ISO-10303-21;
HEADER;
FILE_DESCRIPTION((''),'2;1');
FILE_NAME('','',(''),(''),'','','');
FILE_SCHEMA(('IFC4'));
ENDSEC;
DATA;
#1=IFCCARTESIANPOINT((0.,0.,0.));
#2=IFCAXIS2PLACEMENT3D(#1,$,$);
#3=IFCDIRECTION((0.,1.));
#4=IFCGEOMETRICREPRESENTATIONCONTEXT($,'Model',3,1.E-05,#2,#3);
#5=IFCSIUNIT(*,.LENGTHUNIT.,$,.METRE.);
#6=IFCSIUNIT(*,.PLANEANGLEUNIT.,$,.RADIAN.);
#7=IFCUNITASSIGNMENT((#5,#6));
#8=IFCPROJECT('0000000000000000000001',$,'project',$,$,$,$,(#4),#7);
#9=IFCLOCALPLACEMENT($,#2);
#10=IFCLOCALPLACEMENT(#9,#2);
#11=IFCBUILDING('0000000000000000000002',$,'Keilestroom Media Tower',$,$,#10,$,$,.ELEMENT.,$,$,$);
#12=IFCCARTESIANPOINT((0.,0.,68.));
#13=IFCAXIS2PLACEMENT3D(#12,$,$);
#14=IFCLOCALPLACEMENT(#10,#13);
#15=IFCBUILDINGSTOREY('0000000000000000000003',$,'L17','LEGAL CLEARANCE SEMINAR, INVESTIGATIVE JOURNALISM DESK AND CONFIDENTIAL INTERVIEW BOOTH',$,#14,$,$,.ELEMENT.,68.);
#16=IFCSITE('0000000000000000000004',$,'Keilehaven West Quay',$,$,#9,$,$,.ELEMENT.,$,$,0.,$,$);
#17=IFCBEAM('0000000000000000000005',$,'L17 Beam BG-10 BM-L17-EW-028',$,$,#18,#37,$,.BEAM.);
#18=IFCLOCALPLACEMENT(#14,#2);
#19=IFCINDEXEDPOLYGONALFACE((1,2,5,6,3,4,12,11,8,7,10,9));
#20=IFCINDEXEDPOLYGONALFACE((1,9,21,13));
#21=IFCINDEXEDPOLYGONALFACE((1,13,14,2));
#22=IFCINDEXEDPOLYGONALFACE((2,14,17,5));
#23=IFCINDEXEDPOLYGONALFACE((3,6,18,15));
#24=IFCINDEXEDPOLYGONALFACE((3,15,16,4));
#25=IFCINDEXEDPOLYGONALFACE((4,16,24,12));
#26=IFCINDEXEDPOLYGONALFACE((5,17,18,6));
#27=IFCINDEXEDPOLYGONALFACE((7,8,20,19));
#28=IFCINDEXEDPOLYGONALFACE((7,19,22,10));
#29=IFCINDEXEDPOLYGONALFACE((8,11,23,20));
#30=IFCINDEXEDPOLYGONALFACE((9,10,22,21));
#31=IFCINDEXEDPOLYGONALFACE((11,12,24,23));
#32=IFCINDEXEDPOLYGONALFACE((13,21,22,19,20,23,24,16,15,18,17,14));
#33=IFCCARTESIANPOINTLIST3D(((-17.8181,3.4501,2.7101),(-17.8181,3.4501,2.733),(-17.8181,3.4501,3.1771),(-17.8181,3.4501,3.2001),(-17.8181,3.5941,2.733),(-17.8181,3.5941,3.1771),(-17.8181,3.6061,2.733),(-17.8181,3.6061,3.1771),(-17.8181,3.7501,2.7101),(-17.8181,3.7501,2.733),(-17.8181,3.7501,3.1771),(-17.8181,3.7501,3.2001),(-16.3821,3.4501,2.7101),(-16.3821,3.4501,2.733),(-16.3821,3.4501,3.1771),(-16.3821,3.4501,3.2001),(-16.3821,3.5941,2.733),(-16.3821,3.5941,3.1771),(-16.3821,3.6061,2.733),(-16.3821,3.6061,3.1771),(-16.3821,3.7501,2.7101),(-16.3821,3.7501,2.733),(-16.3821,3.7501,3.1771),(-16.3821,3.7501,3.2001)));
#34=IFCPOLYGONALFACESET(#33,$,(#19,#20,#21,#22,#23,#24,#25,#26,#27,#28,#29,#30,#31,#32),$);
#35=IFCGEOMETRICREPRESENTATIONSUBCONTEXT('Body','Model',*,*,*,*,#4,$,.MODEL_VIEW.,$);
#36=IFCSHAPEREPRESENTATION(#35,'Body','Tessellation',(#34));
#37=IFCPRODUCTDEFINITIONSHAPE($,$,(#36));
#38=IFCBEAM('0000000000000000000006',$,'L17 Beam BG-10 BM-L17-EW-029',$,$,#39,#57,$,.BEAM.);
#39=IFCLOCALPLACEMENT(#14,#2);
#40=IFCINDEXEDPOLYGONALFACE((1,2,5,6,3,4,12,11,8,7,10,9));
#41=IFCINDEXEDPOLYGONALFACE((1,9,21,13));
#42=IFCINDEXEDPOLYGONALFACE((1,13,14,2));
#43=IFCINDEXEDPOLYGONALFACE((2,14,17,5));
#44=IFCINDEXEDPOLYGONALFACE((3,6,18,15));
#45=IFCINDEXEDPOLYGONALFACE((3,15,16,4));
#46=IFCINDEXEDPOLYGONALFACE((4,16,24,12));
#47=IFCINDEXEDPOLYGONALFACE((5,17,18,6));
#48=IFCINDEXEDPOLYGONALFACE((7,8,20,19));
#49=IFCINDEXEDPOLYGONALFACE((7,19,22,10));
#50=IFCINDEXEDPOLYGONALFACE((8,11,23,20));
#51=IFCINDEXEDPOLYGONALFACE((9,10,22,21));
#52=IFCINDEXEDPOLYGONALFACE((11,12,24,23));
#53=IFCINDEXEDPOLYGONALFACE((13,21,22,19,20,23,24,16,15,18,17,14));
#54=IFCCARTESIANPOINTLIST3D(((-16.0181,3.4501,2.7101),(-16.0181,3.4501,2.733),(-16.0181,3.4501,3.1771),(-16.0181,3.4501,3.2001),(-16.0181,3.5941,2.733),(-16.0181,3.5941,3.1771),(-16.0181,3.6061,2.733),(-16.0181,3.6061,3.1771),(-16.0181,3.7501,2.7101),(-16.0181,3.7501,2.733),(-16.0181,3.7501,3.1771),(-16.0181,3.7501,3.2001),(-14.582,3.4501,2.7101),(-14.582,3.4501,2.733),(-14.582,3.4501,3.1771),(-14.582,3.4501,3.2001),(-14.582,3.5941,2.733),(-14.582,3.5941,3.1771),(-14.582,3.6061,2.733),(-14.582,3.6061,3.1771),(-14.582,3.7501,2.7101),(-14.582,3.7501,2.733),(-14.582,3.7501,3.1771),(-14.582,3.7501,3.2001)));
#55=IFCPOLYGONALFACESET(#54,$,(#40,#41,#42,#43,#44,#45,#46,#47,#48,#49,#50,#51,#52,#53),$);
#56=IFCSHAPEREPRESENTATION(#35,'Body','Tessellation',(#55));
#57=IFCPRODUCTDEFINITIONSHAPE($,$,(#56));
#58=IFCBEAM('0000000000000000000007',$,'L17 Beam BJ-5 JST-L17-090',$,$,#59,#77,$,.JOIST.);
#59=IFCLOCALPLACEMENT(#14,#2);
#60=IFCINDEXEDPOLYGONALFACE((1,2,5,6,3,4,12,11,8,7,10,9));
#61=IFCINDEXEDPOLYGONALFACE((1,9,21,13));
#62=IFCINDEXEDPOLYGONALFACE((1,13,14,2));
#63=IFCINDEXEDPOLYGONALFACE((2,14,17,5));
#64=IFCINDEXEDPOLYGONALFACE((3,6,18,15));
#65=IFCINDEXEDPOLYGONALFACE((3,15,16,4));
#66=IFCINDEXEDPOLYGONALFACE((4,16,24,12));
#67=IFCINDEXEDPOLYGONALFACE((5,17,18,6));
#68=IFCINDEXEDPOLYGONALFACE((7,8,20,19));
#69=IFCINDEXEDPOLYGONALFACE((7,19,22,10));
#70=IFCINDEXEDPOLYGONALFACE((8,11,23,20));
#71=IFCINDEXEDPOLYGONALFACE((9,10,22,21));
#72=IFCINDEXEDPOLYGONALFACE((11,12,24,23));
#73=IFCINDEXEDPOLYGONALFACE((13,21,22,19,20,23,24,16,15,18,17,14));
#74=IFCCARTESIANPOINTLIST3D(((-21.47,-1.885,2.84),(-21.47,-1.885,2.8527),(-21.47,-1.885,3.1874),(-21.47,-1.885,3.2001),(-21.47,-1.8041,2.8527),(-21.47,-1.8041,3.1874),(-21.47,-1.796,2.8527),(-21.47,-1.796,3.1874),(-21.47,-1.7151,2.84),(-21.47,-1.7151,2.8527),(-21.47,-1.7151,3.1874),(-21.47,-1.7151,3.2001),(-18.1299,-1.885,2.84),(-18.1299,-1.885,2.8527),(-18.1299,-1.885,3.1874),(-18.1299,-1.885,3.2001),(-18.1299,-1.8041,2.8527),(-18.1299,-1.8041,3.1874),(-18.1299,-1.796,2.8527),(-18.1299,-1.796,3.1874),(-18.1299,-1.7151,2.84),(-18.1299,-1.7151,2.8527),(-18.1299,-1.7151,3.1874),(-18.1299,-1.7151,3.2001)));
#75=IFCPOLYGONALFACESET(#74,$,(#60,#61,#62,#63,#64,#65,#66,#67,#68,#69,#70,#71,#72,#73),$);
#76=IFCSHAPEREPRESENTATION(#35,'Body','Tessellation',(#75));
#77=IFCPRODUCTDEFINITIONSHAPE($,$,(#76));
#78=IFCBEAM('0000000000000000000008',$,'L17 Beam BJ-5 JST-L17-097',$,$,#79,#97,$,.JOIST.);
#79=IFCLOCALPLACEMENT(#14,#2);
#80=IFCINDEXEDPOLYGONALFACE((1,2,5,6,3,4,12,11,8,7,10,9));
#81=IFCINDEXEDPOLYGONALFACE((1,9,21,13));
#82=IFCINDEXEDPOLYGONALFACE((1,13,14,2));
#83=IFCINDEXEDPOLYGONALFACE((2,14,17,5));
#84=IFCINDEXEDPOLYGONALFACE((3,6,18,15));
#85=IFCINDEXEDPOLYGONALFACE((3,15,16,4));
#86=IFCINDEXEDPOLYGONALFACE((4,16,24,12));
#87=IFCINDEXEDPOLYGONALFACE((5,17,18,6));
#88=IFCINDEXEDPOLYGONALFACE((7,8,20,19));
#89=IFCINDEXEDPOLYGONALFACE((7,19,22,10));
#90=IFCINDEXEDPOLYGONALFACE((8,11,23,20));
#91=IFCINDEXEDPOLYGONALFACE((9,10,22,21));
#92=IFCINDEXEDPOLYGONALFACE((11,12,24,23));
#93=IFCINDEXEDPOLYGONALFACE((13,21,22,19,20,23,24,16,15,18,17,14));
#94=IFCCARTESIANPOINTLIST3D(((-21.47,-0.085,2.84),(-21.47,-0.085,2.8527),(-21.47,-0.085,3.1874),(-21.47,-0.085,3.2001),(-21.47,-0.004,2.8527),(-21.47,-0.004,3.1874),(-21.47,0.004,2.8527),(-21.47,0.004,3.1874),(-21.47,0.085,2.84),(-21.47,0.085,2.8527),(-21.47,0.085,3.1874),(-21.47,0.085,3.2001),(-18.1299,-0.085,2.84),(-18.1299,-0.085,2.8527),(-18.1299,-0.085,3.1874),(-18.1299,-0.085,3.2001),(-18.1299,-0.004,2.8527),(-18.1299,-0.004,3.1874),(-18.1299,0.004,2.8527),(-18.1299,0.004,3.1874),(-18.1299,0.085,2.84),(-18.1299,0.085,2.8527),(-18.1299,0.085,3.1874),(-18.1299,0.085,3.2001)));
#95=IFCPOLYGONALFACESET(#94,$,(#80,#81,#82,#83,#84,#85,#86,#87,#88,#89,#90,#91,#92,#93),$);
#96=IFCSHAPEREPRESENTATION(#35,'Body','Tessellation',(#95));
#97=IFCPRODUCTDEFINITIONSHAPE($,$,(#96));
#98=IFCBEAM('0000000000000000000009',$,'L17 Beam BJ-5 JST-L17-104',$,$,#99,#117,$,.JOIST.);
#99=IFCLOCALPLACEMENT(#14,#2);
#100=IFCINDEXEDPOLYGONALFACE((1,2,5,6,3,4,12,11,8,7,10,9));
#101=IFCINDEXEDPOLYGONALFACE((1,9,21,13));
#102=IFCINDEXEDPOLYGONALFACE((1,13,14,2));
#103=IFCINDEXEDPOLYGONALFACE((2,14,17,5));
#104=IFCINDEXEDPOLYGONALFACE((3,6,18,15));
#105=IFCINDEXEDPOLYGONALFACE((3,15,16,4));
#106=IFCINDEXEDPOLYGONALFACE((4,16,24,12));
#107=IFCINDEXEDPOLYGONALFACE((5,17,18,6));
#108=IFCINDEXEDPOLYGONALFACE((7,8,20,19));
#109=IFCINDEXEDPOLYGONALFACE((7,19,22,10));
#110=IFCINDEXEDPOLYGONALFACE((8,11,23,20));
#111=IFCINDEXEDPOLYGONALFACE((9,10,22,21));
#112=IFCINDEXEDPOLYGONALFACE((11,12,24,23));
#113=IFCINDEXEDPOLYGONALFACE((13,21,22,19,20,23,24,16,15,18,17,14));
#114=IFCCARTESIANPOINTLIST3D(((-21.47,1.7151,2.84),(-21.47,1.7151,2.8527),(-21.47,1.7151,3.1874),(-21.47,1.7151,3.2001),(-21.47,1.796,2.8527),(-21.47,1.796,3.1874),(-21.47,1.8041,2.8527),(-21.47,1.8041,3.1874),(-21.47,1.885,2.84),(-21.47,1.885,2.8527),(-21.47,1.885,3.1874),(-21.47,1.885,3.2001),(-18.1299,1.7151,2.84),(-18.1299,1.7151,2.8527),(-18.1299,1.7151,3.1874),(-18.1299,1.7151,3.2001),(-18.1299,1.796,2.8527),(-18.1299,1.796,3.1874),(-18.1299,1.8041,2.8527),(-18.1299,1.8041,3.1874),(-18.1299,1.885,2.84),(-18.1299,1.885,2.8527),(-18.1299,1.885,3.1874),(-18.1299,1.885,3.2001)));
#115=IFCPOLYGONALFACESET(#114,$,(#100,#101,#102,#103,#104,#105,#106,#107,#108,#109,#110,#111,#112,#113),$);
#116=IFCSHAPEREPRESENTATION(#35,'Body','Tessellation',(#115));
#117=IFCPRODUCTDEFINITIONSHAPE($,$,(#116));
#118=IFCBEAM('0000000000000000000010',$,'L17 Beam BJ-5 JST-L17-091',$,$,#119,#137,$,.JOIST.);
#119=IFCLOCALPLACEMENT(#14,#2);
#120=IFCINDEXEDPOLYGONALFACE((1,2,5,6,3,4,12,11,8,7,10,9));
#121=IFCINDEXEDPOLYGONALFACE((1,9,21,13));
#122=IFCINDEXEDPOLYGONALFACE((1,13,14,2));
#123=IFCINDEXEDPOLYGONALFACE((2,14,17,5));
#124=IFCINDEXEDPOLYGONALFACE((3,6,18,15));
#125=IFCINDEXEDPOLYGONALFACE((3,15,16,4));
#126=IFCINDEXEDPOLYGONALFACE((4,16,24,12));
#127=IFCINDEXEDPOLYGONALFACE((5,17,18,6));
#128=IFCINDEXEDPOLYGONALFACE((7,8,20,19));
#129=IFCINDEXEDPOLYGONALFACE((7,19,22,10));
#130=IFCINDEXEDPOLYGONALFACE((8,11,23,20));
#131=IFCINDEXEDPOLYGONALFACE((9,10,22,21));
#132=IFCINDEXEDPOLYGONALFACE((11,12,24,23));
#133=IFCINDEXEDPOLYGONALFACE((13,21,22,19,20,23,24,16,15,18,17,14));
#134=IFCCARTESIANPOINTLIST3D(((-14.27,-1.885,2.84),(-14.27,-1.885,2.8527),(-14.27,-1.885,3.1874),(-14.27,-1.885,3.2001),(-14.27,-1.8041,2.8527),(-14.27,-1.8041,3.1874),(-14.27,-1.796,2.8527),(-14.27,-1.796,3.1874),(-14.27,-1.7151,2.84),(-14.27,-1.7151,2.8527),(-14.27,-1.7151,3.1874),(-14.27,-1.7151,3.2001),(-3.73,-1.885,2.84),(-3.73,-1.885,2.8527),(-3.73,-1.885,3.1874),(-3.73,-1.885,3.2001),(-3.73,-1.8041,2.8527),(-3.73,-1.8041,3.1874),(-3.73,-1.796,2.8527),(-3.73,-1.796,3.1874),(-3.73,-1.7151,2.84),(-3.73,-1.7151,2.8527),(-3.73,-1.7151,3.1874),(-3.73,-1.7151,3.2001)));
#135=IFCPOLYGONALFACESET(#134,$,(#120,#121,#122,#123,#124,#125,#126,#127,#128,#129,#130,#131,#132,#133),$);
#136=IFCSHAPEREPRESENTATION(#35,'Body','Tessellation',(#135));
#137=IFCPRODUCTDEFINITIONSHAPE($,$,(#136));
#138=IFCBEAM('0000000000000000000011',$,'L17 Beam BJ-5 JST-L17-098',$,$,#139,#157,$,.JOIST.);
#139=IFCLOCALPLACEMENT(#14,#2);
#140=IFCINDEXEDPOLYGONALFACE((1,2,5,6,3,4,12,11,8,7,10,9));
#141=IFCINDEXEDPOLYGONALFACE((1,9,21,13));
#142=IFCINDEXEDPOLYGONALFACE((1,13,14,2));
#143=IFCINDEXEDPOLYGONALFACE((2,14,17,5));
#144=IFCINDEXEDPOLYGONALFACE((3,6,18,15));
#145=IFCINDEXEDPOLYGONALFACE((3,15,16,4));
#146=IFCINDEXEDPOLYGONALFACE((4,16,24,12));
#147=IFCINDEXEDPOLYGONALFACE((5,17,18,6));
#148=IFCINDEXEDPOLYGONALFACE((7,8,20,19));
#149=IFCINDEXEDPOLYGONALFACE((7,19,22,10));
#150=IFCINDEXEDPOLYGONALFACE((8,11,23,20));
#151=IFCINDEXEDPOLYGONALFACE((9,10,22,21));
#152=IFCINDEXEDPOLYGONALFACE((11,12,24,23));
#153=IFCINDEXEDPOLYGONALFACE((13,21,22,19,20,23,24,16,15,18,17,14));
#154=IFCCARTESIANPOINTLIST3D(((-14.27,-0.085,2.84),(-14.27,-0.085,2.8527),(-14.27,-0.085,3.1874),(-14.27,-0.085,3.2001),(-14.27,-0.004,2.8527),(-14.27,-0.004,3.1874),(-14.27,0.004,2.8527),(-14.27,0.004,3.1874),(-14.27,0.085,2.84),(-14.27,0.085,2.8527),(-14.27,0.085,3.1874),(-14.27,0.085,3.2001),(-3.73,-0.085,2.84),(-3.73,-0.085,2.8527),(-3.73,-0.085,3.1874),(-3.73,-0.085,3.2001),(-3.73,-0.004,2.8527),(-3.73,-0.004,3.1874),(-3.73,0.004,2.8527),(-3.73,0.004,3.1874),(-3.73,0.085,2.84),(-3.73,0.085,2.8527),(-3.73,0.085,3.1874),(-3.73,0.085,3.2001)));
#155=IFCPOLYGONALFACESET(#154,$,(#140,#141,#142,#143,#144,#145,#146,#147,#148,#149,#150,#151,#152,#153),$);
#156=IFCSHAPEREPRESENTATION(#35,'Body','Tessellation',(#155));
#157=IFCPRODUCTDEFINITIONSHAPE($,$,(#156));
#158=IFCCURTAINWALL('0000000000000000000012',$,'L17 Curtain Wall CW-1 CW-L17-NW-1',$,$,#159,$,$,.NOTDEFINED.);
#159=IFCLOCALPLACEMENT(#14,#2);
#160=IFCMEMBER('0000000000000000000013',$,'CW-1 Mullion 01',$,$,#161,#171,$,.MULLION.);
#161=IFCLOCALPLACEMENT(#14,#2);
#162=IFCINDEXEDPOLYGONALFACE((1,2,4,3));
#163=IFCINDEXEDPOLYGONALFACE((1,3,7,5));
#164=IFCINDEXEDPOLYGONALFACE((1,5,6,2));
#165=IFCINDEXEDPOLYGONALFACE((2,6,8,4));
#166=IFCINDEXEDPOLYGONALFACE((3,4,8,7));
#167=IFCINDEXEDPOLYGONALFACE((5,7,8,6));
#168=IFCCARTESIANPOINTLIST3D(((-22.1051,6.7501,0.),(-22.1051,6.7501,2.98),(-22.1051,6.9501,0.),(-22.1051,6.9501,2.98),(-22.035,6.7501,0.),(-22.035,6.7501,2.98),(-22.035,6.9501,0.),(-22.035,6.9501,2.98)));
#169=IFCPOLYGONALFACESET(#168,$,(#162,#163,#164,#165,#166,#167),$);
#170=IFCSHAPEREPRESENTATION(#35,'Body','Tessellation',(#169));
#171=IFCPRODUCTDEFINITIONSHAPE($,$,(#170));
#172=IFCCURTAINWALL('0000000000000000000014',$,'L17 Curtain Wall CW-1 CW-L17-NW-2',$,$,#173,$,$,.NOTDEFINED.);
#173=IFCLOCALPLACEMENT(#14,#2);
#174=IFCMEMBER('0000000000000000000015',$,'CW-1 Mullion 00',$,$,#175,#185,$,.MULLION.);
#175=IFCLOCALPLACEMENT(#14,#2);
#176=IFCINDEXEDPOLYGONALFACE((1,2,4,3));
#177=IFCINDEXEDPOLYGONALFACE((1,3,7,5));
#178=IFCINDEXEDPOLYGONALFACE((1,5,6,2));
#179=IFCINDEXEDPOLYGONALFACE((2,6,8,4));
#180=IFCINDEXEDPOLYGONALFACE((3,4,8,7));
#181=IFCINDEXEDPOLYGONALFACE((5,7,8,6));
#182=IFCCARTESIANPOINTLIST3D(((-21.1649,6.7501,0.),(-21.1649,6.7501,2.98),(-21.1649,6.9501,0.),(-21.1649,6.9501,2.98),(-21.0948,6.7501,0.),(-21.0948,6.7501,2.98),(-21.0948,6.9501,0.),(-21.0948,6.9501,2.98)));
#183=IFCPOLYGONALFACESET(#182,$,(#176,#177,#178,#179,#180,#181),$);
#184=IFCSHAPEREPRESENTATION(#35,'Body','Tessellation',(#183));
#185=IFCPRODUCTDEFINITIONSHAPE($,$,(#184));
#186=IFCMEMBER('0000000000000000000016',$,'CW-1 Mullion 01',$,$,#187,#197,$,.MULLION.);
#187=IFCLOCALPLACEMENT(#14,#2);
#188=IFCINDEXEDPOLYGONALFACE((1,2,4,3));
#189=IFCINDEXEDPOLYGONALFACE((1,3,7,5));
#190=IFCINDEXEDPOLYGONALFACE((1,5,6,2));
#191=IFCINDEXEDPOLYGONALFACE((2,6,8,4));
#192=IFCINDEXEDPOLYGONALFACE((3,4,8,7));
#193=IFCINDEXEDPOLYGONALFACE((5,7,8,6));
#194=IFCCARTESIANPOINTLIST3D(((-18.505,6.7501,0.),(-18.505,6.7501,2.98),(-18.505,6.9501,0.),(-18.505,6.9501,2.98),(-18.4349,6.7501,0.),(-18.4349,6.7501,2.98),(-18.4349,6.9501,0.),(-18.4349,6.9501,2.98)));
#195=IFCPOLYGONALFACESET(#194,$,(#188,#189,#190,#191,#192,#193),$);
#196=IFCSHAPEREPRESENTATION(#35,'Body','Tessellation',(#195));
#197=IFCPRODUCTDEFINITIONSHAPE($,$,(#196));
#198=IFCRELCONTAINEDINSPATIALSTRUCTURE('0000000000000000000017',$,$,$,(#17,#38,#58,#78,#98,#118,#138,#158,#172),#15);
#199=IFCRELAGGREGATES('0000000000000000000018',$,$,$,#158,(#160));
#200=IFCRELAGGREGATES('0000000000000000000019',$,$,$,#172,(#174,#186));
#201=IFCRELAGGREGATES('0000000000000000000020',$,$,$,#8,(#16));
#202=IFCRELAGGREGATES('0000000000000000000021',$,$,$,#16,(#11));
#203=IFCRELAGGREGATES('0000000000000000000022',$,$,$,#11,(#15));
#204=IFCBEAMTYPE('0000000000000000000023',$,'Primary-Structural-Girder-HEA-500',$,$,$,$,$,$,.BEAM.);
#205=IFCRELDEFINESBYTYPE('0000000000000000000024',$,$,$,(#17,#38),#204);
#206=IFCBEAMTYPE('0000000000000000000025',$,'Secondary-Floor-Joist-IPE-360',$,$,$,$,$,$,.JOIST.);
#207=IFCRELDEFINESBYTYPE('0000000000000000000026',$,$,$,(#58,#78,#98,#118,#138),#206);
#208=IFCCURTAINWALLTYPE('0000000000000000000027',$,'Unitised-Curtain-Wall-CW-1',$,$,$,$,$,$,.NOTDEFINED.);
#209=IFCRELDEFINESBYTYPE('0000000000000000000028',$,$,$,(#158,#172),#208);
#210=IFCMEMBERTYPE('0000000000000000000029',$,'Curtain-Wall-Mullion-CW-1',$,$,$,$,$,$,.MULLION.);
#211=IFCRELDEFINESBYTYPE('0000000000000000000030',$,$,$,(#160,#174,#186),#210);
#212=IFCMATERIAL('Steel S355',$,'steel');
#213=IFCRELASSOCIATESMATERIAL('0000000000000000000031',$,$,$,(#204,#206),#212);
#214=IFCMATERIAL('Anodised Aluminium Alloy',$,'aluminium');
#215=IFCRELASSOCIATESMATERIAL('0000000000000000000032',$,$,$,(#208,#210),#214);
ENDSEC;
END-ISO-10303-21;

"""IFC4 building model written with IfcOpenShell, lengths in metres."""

from ifc_helpers import new_model, si_unit, direction, frame, origin, origin_2d, place, context, subcontext, project, spatial, rectangle, i_section, extrude, source, transform, mapped, material, material_profile, profile_set, type_object, element, aggregate, save


model = new_model("IFC4")

# Units and contexts
model_context = context("Model", 3, precision=1e-05, world=origin(), true_north=direction((0.0, 1.0)))
body_context = subcontext(model_context, "Body", "Model", "MODEL_VIEW")
ifc_project = project(units=[si_unit("LENGTHUNIT", "METRE"), si_unit("PLANEANGLEUNIT", "RADIAN")], contexts=[model_context])

# Site, building, storey
site_placement = place(None, origin())
site = spatial("IfcSite", under=ifc_project, at=site_placement, Name="Keilehaven West Quay", CompositionType="ELEMENT", RefElevation=0.0)
building_placement = place(site_placement, origin())
building = spatial("IfcBuilding", under=site, at=building_placement, Name="Keilestroom Media Tower", CompositionType="ELEMENT")
storey_placement = place(building_placement, frame((0.0, 0.0, 68.0)))
storey = spatial("IfcBuildingStorey", under=building, at=storey_placement, Name="L17", Description="LEGAL CLEARANCE SEMINAR, INVESTIGATIVE JOURNALISM DESK AND CONFIDENTIAL INTERVIEW BOOTH", CompositionType="ELEMENT", Elevation=68.0)

# Beams
ifc_material_1 = material(Name="Steel S355", Category="steel")
ifc_material_profile_1 = material_profile(ifc_material_1, i_section(OverallWidth=0.3, OverallDepth=0.49, WebThickness=0.012, FlangeThickness=0.0229, at=origin_2d()), Name="HEA 500")
ifc_profile_set_1 = profile_set([ifc_material_profile_1], Name="Steel S355")
beam_type_1 = type_object("IfcBeamType", Name="Primary-Structural-Girder-HEA-500", PredefinedType="BEAM", material=ifc_profile_set_1)
shared_shape_1 = source(origin(), body_context, "Body", "SweptSolid", [
    extrude(i_section(OverallWidth=0.3, OverallDepth=0.49, WebThickness=0.012, FlangeThickness=0.0229, at=origin_2d()), origin(), (0.0, 0.0, 1.0), 1.436),
])
for number, where, z_axis, x_axis, name in (
    (1, (-17.8181, 3.6001, 2.9551), (1.0, 0.0, 0.0), (0.0, 1.0, 0.0), "L17 Beam BG-10 BM-L17-EW-028"),
    (2, (-16.0181, 3.6001, 2.9551), (1.0, 0.0, 0.0), (0.0, 1.0, 0.0), "L17 Beam BG-10 BM-L17-EW-029"),
):
    element("IfcBeam", number, at=place(storey_placement, frame(where, z_axis=z_axis, x_axis=x_axis)), inside=storey, type_object=beam_type_1, Name=name, PredefinedType="BEAM", context=body_context, shape_type="MappedRepresentation", body=[
        mapped(shared_shape_1, transform((0.0, 0.0, 0.0), x_axis=(1.0, 0.0, 0.0), y_axis=(0.0, 1.0, 0.0), z_axis=(0.0, 0.0, 1.0), scale=1.0)),
    ])
ifc_material_profile_2 = material_profile(ifc_material_1, i_section(OverallWidth=0.1699, OverallDepth=0.3601, WebThickness=0.0081, FlangeThickness=0.0127, at=origin_2d()), Name="IPE 360")
ifc_profile_set_2 = profile_set([ifc_material_profile_2], Name="Steel S355")
beam_type_2 = type_object("IfcBeamType", Name="Secondary-Floor-Joist-IPE-360", PredefinedType="JOIST", material=ifc_profile_set_2)
shared_shape_2 = source(origin(), body_context, "Body", "SweptSolid", [
    extrude(i_section(OverallWidth=0.1699, OverallDepth=0.3601, WebThickness=0.0081, FlangeThickness=0.0127, at=origin_2d()), origin(), (0.0, 0.0, 1.0), 3.3401),
])
for number, where, z_axis, x_axis, name in (
    (3, (-21.47, -1.8, 3.02), (1.0, 0.0, 0.0), (0.0, 1.0, 0.0), "L17 Beam BJ-5 JST-L17-090"),
    (4, (-21.47, 0.0, 3.02), (1.0, 0.0, 0.0), (0.0, 1.0, 0.0), "L17 Beam BJ-5 JST-L17-097"),
    (5, (-21.47, 1.8, 3.02), (1.0, 0.0, 0.0), (0.0, 1.0, 0.0), "L17 Beam BJ-5 JST-L17-104"),
):
    element("IfcBeam", number, at=place(storey_placement, frame(where, z_axis=z_axis, x_axis=x_axis)), inside=storey, type_object=beam_type_2, Name=name, PredefinedType="JOIST", context=body_context, shape_type="MappedRepresentation", body=[
        mapped(shared_shape_2, transform((0.0, 0.0, 0.0), x_axis=(1.0, 0.0, 0.0), y_axis=(0.0, 1.0, 0.0), z_axis=(0.0, 0.0, 1.0), scale=1.0)),
    ])
shared_shape_3 = source(origin(), body_context, "Body", "SweptSolid", [
    extrude(i_section(OverallWidth=0.1699, OverallDepth=0.3601, WebThickness=0.0081, FlangeThickness=0.0127, at=origin_2d()), origin(), (0.0, 0.0, 1.0), 10.54),
])
for number, where, z_axis, x_axis, name in (
    (6, (-14.27, -1.8, 3.02), (1.0, 0.0, 0.0), (0.0, 1.0, 0.0), "L17 Beam BJ-5 JST-L17-091"),
    (7, (-14.27, 0.0, 3.02), (1.0, 0.0, 0.0), (0.0, 1.0, 0.0), "L17 Beam BJ-5 JST-L17-098"),
):
    element("IfcBeam", number, at=place(storey_placement, frame(where, z_axis=z_axis, x_axis=x_axis)), inside=storey, type_object=beam_type_2, Name=name, PredefinedType="JOIST", context=body_context, shape_type="MappedRepresentation", body=[
        mapped(shared_shape_3, transform((0.0, 0.0, 0.0), x_axis=(1.0, 0.0, 0.0), y_axis=(0.0, 1.0, 0.0), z_axis=(0.0, 0.0, 1.0), scale=1.0)),
    ])

# Curtain wall, member
ifc_material_2 = material(Name="Anodised Aluminium Alloy", Category="aluminium")
curtain_wall_type = type_object("IfcCurtainWallType", Name="Unitised-Curtain-Wall-CW-1", PredefinedType="NOTDEFINED", material=ifc_material_2)
curtain_wall_1_placement = place(storey_placement, origin())
curtain_wall_1 = element("IfcCurtainWall", 8, at=curtain_wall_1_placement, inside=storey, type_object=curtain_wall_type, Name="L17 Curtain Wall CW-1 CW-L17-NW-1", PredefinedType="NOTDEFINED")
ifc_material_profile_3 = material_profile(ifc_material_2, rectangle(XDim=0.0701, YDim=0.2, at=origin_2d()), Name="ALU MULLION 70x200")
ifc_profile_set_3 = profile_set([ifc_material_profile_3], Name="Anodised Aluminium Alloy")
member_type_1 = type_object("IfcMemberType", Name="Curtain-Wall-Mullion-CW-1", PredefinedType="MULLION", material=ifc_profile_set_3)
shared_shape_4 = source(origin(), body_context, "Body", "SweptSolid", [
    extrude(rectangle(XDim=0.0701, YDim=0.2, at=origin_2d()), origin(), (0.0, 0.0, 1.0), 2.98),
])
member_1_placement = place(storey_placement, frame((-22.0701, 6.8501, 0.0), z_axis=(0.0, 0.0, 1.0), x_axis=(1.0, 0.0, 0.0)))
member_1 = element("IfcMember", 9, at=member_1_placement, type_object=member_type_1, Name="CW-1 Mullion 01", PredefinedType="MULLION", context=body_context, shape_type="MappedRepresentation", body=[
    mapped(shared_shape_4, transform((0.0, 0.0, 0.0), x_axis=(1.0, 0.0, 0.0), y_axis=(0.0, 1.0, 0.0), z_axis=(0.0, 0.0, 1.0), scale=1.0)),
])
aggregate(curtain_wall_1, [member_1])

# Curtain wall, members
curtain_wall_2_placement = place(storey_placement, origin())
curtain_wall_2 = element("IfcCurtainWall", 10, at=curtain_wall_2_placement, inside=storey, type_object=curtain_wall_type, Name="L17 Curtain Wall CW-1 CW-L17-NW-2", PredefinedType="NOTDEFINED")
member_2_placement = place(storey_placement, frame((-21.1299, 6.8501, 0.0), z_axis=(0.0, 0.0, 1.0), x_axis=(1.0, 0.0, 0.0)))
member_2 = element("IfcMember", 11, at=member_2_placement, type_object=member_type_1, Name="CW-1 Mullion 00", PredefinedType="MULLION", context=body_context, shape_type="MappedRepresentation", body=[
    mapped(shared_shape_4, transform((0.0, 0.0, 0.0), x_axis=(1.0, 0.0, 0.0), y_axis=(0.0, 1.0, 0.0), z_axis=(0.0, 0.0, 1.0), scale=1.0)),
])
member_3_placement = place(storey_placement, frame((-18.47, 6.8501, 0.0), z_axis=(0.0, 0.0, 1.0), x_axis=(1.0, 0.0, 0.0)))
member_3 = element("IfcMember", 12, at=member_3_placement, type_object=member_type_1, Name="CW-1 Mullion 01", PredefinedType="MULLION", context=body_context, shape_type="MappedRepresentation", body=[
    mapped(shared_shape_4, transform((0.0, 0.0, 0.0), x_axis=(1.0, 0.0, 0.0), y_axis=(0.0, 1.0, 0.0), z_axis=(0.0, 0.0, 1.0), scale=1.0)),
])

aggregate(curtain_wall_2, [member_2, member_3])

save(model, "model.ifc")
